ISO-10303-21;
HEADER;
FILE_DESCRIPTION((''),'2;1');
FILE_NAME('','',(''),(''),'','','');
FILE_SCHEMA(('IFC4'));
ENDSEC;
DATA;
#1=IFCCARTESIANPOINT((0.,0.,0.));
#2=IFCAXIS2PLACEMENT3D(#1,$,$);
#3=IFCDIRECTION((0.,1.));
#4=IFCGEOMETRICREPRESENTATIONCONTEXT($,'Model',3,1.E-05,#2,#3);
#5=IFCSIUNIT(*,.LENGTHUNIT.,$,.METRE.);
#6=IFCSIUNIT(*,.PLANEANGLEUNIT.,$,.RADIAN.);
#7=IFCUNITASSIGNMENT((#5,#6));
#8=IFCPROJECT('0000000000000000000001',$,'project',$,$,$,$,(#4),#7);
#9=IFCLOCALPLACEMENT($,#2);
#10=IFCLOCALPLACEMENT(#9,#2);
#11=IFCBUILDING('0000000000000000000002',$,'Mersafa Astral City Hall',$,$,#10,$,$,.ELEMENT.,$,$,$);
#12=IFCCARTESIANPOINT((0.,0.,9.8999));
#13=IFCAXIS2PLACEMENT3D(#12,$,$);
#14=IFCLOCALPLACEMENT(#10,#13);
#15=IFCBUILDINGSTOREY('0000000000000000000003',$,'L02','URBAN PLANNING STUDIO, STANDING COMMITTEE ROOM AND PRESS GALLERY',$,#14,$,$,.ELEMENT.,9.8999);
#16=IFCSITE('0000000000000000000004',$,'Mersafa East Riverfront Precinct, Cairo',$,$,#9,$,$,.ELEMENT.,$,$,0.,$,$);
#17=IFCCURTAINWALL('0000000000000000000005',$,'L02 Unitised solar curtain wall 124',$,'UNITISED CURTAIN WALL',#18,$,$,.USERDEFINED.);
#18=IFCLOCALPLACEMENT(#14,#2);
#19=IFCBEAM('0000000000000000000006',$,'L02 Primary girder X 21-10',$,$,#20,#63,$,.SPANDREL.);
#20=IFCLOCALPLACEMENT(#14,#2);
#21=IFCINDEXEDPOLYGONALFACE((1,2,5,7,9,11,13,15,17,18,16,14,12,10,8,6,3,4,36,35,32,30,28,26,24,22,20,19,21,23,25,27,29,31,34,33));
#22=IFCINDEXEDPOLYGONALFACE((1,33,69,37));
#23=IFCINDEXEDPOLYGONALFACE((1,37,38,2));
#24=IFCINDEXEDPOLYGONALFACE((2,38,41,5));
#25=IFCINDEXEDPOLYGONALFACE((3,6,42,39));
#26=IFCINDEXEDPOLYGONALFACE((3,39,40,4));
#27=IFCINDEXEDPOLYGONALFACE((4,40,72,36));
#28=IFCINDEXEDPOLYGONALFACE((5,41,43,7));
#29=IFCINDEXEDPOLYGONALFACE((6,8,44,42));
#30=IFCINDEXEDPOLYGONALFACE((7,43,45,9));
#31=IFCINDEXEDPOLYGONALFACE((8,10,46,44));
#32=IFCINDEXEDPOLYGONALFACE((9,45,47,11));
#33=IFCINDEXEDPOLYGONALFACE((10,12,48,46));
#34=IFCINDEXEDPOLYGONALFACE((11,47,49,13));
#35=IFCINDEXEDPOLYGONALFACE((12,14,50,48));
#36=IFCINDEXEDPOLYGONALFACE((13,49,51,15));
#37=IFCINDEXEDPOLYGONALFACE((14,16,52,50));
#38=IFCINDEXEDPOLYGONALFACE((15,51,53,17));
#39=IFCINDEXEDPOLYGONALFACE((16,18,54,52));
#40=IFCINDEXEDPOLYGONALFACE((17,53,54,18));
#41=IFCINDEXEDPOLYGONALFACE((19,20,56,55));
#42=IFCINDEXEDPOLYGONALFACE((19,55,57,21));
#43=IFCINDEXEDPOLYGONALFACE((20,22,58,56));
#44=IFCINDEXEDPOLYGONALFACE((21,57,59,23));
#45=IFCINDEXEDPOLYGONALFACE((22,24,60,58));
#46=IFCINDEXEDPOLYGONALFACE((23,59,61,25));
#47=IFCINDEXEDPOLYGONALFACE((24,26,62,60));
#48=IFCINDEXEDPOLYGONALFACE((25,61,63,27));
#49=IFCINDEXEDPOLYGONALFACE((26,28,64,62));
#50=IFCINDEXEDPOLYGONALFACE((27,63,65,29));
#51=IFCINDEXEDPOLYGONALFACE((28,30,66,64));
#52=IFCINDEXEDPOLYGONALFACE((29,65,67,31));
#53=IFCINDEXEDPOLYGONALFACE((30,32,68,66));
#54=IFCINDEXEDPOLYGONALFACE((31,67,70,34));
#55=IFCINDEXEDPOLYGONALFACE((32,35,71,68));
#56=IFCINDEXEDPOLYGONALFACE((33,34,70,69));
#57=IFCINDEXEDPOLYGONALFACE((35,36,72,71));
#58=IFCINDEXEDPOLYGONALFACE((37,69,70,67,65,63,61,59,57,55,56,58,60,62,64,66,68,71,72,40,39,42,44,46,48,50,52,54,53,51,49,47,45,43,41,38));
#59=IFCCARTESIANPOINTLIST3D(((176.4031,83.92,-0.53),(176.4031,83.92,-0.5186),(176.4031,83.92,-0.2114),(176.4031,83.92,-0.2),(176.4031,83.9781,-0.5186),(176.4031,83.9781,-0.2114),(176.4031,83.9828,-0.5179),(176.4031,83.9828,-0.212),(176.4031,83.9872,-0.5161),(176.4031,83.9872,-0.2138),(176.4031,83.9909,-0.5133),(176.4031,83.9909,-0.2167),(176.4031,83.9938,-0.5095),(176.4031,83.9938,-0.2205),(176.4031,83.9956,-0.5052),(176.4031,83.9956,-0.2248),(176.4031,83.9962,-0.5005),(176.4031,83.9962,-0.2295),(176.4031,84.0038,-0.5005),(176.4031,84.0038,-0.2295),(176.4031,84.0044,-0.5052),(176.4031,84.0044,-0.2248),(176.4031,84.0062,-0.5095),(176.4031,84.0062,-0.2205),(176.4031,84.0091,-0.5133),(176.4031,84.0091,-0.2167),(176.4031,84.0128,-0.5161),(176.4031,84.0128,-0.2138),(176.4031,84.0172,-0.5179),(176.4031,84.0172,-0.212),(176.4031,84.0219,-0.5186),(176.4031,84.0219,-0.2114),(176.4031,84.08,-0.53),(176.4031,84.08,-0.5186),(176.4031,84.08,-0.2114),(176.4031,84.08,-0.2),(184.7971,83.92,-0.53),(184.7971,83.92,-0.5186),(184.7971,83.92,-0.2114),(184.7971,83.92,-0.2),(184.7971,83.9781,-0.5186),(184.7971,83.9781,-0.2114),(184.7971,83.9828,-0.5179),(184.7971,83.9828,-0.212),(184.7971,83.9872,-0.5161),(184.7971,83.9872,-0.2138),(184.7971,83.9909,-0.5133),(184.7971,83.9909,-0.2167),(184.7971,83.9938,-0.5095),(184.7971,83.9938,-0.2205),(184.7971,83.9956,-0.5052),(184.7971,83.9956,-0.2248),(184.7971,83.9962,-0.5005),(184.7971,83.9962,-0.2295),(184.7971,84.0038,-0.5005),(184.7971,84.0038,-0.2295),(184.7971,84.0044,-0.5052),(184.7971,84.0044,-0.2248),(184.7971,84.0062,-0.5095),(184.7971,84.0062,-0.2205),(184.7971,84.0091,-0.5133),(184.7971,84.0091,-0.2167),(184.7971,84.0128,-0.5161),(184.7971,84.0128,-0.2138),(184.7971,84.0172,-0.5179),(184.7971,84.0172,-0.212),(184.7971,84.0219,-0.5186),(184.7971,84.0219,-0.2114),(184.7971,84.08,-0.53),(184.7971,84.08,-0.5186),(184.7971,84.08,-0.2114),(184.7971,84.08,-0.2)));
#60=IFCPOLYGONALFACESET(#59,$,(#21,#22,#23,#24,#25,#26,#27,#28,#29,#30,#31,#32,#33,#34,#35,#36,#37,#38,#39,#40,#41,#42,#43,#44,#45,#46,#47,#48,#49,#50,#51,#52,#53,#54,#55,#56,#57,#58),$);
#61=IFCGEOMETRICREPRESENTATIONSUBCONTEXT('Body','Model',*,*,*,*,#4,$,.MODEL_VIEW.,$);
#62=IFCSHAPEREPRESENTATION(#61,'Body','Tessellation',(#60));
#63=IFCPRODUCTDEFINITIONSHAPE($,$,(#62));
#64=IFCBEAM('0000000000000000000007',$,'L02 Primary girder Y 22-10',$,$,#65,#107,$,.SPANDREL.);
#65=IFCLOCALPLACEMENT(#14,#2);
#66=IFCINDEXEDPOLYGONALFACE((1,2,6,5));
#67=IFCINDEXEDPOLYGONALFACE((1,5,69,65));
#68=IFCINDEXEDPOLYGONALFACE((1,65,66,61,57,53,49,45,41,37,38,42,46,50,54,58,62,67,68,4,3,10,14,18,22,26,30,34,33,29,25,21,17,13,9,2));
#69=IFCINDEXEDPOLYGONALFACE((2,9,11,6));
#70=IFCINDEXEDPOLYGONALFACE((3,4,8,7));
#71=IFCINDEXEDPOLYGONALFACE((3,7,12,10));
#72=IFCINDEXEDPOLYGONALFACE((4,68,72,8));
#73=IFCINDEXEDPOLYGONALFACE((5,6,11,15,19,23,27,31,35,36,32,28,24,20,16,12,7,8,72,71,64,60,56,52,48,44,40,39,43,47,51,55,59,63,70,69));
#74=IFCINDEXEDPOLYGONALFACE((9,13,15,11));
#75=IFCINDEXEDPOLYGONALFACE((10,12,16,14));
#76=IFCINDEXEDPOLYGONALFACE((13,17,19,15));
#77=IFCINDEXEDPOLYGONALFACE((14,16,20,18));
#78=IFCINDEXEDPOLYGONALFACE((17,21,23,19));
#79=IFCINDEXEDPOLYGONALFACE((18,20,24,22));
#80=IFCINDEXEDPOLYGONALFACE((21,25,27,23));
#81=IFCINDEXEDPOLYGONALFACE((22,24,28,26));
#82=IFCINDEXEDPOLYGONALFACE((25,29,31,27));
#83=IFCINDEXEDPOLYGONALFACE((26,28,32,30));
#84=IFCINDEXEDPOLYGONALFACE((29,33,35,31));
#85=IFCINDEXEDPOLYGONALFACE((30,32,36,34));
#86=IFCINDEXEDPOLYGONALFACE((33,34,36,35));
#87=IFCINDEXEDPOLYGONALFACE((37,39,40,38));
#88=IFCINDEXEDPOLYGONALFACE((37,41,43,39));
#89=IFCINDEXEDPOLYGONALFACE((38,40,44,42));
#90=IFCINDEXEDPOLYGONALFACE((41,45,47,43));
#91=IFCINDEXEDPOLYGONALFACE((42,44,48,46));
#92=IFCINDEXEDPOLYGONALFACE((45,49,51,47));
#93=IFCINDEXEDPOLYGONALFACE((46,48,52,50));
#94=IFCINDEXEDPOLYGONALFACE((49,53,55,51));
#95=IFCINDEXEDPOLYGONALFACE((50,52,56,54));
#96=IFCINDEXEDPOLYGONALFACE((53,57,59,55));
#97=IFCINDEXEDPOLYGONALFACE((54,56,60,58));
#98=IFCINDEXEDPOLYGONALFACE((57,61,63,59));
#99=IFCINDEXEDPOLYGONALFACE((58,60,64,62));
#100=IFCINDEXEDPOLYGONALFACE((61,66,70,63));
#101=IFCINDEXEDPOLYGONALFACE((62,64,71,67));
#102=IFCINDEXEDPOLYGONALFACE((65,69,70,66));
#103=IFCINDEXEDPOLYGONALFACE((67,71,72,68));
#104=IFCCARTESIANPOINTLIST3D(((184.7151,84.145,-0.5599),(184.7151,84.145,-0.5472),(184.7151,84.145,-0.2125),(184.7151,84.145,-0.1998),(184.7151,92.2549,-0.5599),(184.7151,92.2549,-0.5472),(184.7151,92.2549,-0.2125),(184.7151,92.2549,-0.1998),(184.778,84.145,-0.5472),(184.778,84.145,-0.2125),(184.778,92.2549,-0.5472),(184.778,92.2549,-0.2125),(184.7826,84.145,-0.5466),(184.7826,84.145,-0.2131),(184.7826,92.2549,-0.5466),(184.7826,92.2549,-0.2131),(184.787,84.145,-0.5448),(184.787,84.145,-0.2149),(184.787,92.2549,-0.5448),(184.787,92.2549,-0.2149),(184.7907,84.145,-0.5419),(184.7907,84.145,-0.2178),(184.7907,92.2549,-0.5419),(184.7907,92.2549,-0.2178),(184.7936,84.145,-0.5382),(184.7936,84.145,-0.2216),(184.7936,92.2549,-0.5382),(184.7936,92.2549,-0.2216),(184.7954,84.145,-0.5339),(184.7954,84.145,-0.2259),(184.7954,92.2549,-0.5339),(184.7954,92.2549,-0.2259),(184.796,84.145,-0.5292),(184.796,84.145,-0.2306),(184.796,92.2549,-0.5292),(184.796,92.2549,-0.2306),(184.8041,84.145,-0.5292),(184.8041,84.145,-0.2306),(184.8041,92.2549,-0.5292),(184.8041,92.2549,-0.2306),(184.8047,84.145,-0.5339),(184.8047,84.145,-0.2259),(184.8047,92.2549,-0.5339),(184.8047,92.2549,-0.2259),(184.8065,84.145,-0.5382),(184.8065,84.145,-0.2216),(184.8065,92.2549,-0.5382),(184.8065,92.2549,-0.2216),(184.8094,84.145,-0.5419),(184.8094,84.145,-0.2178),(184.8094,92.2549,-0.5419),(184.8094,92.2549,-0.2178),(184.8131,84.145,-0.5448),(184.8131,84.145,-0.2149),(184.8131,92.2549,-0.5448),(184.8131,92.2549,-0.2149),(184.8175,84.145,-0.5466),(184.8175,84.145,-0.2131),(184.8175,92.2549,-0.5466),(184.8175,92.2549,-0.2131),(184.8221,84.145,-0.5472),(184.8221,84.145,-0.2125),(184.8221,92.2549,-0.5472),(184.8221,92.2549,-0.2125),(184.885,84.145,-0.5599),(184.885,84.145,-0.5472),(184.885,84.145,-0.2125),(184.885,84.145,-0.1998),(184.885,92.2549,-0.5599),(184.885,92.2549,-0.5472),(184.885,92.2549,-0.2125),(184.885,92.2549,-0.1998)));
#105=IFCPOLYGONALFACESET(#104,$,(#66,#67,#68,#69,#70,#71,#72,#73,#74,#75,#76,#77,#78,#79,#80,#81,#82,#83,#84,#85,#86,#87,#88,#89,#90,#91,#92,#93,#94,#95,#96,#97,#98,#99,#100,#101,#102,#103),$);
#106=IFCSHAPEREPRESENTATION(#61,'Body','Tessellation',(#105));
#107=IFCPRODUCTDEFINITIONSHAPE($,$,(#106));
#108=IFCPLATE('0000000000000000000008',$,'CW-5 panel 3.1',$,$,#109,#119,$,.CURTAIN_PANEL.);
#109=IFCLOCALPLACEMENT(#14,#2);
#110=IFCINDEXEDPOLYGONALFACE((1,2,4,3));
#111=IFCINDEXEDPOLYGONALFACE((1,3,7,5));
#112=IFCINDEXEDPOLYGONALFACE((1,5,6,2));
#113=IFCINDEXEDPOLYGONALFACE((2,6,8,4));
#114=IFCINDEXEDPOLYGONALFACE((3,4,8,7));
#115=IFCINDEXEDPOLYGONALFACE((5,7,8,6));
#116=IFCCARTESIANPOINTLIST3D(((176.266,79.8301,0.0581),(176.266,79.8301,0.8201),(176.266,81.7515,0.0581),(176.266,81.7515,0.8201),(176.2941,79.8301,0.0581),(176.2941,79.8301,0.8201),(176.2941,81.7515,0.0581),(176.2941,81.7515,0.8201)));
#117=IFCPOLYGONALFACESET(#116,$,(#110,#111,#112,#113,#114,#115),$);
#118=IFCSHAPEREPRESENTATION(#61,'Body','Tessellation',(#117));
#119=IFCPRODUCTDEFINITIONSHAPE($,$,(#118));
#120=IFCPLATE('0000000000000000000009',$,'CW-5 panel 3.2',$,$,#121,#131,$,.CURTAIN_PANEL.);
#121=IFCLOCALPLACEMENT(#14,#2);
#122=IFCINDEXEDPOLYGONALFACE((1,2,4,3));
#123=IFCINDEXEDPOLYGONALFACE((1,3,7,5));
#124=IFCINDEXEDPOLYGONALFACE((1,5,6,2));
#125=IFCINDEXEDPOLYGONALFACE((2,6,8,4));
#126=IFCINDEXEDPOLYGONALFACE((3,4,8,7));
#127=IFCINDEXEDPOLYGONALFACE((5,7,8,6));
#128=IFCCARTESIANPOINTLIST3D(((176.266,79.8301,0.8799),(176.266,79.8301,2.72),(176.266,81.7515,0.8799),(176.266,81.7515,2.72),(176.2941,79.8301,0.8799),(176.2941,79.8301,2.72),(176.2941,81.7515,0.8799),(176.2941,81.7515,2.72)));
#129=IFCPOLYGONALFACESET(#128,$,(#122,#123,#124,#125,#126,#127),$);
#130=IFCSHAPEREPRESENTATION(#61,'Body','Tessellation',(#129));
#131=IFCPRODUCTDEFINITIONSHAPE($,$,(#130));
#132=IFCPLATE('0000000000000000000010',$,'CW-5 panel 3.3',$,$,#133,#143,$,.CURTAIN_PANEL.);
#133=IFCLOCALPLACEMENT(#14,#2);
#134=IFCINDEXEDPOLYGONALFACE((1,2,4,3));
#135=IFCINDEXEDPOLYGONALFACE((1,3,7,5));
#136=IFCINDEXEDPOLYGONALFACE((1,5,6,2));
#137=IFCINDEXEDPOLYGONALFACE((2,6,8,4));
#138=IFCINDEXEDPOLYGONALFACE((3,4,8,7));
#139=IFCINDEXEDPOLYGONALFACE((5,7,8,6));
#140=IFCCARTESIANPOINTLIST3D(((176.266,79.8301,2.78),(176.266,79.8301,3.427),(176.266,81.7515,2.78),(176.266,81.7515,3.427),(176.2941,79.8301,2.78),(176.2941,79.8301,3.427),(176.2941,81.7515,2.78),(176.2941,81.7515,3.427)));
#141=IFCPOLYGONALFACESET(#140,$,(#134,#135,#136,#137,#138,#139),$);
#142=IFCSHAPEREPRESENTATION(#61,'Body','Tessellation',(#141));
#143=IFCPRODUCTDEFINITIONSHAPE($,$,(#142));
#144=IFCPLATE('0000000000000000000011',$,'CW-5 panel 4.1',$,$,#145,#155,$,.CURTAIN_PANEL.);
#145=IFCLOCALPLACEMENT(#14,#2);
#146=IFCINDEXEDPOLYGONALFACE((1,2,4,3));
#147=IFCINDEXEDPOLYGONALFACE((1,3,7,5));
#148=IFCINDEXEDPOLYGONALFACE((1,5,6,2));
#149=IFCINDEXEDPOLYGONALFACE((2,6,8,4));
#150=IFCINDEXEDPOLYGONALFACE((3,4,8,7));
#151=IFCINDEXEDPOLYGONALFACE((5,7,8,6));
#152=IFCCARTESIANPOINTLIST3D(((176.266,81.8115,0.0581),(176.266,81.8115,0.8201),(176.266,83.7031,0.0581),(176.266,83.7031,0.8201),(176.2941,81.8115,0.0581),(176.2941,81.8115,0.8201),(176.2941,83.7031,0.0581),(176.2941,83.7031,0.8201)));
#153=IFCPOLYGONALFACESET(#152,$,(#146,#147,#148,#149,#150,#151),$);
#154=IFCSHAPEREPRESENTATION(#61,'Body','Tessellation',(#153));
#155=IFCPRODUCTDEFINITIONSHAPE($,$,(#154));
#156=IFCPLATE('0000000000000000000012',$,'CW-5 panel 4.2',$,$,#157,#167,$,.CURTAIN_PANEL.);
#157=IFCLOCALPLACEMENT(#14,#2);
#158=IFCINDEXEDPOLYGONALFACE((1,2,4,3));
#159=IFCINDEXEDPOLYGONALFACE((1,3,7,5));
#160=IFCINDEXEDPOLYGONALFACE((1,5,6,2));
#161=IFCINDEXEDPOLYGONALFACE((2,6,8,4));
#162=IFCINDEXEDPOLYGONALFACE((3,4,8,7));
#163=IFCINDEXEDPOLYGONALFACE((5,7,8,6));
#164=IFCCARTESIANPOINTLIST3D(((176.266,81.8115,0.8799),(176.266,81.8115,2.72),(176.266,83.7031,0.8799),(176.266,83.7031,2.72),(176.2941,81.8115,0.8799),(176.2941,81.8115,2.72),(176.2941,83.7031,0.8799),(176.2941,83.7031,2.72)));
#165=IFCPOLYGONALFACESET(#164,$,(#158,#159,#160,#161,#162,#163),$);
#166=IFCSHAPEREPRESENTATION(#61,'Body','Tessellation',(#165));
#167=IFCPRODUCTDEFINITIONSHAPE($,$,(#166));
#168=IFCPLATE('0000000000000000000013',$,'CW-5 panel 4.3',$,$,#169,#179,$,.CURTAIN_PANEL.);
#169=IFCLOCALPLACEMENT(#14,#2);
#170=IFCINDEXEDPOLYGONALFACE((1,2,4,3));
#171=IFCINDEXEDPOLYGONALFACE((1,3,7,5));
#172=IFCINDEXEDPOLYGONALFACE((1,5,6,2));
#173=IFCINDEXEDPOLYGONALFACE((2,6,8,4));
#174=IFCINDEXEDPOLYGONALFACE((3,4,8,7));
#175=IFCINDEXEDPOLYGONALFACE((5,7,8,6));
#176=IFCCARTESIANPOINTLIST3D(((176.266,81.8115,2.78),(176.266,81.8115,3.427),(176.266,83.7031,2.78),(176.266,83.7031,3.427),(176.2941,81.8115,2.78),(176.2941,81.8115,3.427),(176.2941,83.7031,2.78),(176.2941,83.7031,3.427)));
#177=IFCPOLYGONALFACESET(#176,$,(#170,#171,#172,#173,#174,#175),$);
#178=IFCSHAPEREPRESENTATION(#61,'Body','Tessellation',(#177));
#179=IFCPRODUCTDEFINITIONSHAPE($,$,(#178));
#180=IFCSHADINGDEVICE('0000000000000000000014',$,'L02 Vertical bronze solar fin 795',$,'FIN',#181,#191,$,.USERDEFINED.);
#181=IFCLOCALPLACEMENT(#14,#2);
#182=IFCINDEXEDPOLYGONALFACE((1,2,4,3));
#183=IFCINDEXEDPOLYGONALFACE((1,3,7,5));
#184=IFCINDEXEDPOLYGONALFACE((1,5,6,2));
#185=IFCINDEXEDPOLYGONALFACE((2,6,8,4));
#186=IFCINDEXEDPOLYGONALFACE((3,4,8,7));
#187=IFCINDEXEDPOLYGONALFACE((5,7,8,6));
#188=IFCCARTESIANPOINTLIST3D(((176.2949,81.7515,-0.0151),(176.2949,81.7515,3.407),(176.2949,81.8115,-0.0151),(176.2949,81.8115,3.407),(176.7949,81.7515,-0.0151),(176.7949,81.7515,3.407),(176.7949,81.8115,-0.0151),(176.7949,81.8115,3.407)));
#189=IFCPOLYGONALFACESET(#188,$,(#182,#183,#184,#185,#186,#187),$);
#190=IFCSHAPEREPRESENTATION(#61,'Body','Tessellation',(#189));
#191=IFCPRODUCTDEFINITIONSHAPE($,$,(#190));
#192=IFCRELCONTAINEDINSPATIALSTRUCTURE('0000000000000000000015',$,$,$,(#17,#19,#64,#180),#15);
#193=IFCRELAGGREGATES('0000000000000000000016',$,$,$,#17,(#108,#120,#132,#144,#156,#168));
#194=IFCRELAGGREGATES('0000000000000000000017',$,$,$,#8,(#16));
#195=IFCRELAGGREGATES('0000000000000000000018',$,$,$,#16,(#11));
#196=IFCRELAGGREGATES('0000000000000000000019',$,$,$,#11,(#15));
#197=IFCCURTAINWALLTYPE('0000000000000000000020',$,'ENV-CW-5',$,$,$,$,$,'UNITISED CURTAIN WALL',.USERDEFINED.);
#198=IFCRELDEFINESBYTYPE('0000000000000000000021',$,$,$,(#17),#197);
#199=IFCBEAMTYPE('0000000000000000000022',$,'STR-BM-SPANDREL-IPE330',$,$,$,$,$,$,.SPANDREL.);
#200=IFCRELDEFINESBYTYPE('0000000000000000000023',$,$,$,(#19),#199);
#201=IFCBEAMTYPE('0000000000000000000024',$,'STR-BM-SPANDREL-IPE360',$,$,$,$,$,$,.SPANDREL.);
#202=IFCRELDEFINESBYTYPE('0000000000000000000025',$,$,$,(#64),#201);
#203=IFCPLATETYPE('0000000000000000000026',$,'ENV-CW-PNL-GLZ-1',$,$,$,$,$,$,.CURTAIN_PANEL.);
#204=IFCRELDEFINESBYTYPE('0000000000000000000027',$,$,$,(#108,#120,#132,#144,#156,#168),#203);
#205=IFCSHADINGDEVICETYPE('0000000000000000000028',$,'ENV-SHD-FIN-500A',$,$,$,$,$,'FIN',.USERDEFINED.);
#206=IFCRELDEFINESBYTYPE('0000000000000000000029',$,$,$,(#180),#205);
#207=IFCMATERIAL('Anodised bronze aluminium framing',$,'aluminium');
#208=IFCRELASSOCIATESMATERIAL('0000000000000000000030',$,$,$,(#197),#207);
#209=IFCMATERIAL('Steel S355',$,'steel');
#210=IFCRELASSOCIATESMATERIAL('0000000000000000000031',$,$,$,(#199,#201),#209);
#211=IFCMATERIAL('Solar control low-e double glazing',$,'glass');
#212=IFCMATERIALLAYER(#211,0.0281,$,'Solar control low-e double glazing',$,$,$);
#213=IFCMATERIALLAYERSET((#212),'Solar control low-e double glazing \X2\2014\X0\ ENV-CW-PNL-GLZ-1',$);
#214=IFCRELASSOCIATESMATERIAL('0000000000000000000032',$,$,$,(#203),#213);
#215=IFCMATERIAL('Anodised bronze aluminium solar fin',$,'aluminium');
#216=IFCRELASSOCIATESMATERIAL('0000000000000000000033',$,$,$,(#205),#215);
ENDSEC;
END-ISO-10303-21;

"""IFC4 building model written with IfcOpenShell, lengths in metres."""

from ifc_helpers import new_model, si_unit, direction, frame, origin, origin_2d, place, context, subcontext, project, spatial, rectangle, i_section, extrude, material, layer, layer_set, material_profile, profile_set, type_object, element, aggregate, save


model = new_model("IFC4")

# Units and contexts
model_context = context("Model", 3, precision=1e-05, world=origin(), true_north=direction((0.0, 1.0)))
body_context = subcontext(model_context, "Body", "Model", "MODEL_VIEW")
ifc_project = project(units=[si_unit("LENGTHUNIT", "METRE"), si_unit("PLANEANGLEUNIT", "RADIAN")], contexts=[model_context])

# Site, building, storey
site_placement = place(None, origin())
site = spatial("IfcSite", under=ifc_project, at=site_placement, Name="Mersafa East Riverfront Precinct, Cairo", CompositionType="ELEMENT", RefElevation=0.0)
building_placement = place(site_placement, origin())
building = spatial("IfcBuilding", under=site, at=building_placement, Name="Mersafa Astral City Hall", CompositionType="ELEMENT")
storey_placement = place(building_placement, frame((0.0, 0.0, 9.8999)))
storey = spatial("IfcBuildingStorey", under=building, at=storey_placement, Name="L02", Description="URBAN PLANNING STUDIO, STANDING COMMITTEE ROOM AND PRESS GALLERY", CompositionType="ELEMENT", Elevation=9.8999)

# Shared definitions
ifc_material_1 = material(Name="Steel S355", Category="steel")

# Curtain wall
ifc_material_2 = material(Name="Anodised bronze aluminium framing", Category="aluminium")
curtain_wall_type_1 = type_object("IfcCurtainWallType", Name="ENV-CW-5", ElementType="UNITISED CURTAIN WALL", PredefinedType="USERDEFINED", material=ifc_material_2)
curtain_wall_1_placement = place(storey_placement, origin())
curtain_wall_1 = element("IfcCurtainWall", 1, at=curtain_wall_1_placement, inside=storey, type_object=curtain_wall_type_1, Name="L02 Unitised solar curtain wall 124", ObjectType="UNITISED CURTAIN WALL", PredefinedType="USERDEFINED")

# Beams
ifc_material_profile_1 = material_profile(ifc_material_1, i_section(OverallWidth=0.1599, OverallDepth=0.3301, WebThickness=0.0076, FlangeThickness=0.0115, FilletRadius=0.0181, at=origin_2d()), Name="IPE 330")
ifc_profile_set_1 = profile_set([ifc_material_profile_1], Name="Steel S355")
beam_type_1 = type_object("IfcBeamType", Name="STR-BM-SPANDREL-IPE330", PredefinedType="SPANDREL", material=ifc_profile_set_1)
beam_1_placement = place(storey_placement, frame((176.4031, 84.0, -0.365), z_axis=(1.0, 0.0, 0.0), x_axis=(0.0, 1.0, 0.0)))
element("IfcBeam", 2, at=beam_1_placement, inside=storey, type_object=beam_type_1, Name="L02 Primary girder X 21-10", PredefinedType="SPANDREL", context=body_context, shape_type="SweptSolid", body=[
    extrude(i_section(OverallWidth=0.1599, OverallDepth=0.3301, WebThickness=0.0076, FlangeThickness=0.0115, FilletRadius=0.0181, at=origin_2d()), origin(), (0.0, 0.0, 1.0), 8.394),
])
ifc_material_profile_2 = material_profile(ifc_material_1, i_section(OverallWidth=0.1699, OverallDepth=0.3601, WebThickness=0.0081, FlangeThickness=0.0127, FilletRadius=0.0181, at=origin_2d()), Name="IPE 360")
ifc_profile_set_2 = profile_set([ifc_material_profile_2], Name="Steel S355")
beam_type_2 = type_object("IfcBeamType", Name="STR-BM-SPANDREL-IPE360", PredefinedType="SPANDREL", material=ifc_profile_set_2)
beam_2_placement = place(storey_placement, frame((184.8, 84.145, -0.3799), z_axis=(0.0, 1.0, 0.0), x_axis=(-1.0, 0.0, 0.0)))
element("IfcBeam", 3, at=beam_2_placement, inside=storey, type_object=beam_type_2, Name="L02 Primary girder Y 22-10", PredefinedType="SPANDREL", context=body_context, shape_type="SweptSolid", body=[
    extrude(i_section(OverallWidth=0.1699, OverallDepth=0.3601, WebThickness=0.0081, FlangeThickness=0.0127, FilletRadius=0.0181, at=origin_2d()), origin(), (0.0, 0.0, 1.0), 8.1099),
])

# Plates
ifc_material_3 = material(Name="Solar control low-e double glazing", Category="glass")
ifc_layer = layer(ifc_material_3, 0.0281, Name="Solar control low-e double glazing")
ifc_layer_set = layer_set([ifc_layer], Name="Solar control low-e double glazing — ENV-CW-PNL-GLZ-1")
plate_type = type_object("IfcPlateType", Name="ENV-CW-PNL-GLZ-1", PredefinedType="CURTAIN_PANEL", material=ifc_layer_set)
plate_1_placement = place(storey_placement, frame((176.28, 80.7908, 0.0581), z_axis=(0.0, 0.0, 1.0), x_axis=(0.0, 1.0, 0.0)))
plate_1 = element("IfcPlate", 4, at=plate_1_placement, type_object=plate_type, Name="CW-5 panel 3.1", PredefinedType="CURTAIN_PANEL", context=body_context, shape_type="SweptSolid", body=[
    extrude(rectangle(XDim=1.9214, YDim=0.0281, at=origin_2d()), origin(), (0.0, 0.0, 1.0), 0.762),
])
plate_2_placement = place(storey_placement, frame((176.28, 80.7908, 0.8799), z_axis=(0.0, 0.0, 1.0), x_axis=(0.0, 1.0, 0.0)))
plate_2 = element("IfcPlate", 5, at=plate_2_placement, type_object=plate_type, Name="CW-5 panel 3.2", PredefinedType="CURTAIN_PANEL", context=body_context, shape_type="SweptSolid", body=[
    extrude(rectangle(XDim=1.9214, YDim=0.0281, at=origin_2d()), origin(), (0.0, 0.0, 1.0), 1.8401),
])
plate_3_placement = place(storey_placement, frame((176.28, 80.7908, 2.78), z_axis=(0.0, 0.0, 1.0), x_axis=(0.0, 1.0, 0.0)))
plate_3 = element("IfcPlate", 6, at=plate_3_placement, type_object=plate_type, Name="CW-5 panel 3.3", PredefinedType="CURTAIN_PANEL", context=body_context, shape_type="SweptSolid", body=[
    extrude(rectangle(XDim=1.9214, YDim=0.0281, at=origin_2d()), origin(), (0.0, 0.0, 1.0), 0.647),
])
plate_4_placement = place(storey_placement, frame((176.28, 82.7573, 0.0581), z_axis=(0.0, 0.0, 1.0), x_axis=(0.0, 1.0, 0.0)))
plate_4 = element("IfcPlate", 7, at=plate_4_placement, type_object=plate_type, Name="CW-5 panel 4.1", PredefinedType="CURTAIN_PANEL", context=body_context, shape_type="SweptSolid", body=[
    extrude(rectangle(XDim=1.8916, YDim=0.0281, at=origin_2d()), origin(), (0.0, 0.0, 1.0), 0.762),
])
plate_5_placement = place(storey_placement, frame((176.28, 82.7573, 0.8799), z_axis=(0.0, 0.0, 1.0), x_axis=(0.0, 1.0, 0.0)))
plate_5 = element("IfcPlate", 8, at=plate_5_placement, type_object=plate_type, Name="CW-5 panel 4.2", PredefinedType="CURTAIN_PANEL", context=body_context, shape_type="SweptSolid", body=[
    extrude(rectangle(XDim=1.8916, YDim=0.0281, at=origin_2d()), origin(), (0.0, 0.0, 1.0), 1.8401),
])
plate_6_placement = place(storey_placement, frame((176.28, 82.7573, 2.78), z_axis=(0.0, 0.0, 1.0), x_axis=(0.0, 1.0, 0.0)))
plate_6 = element("IfcPlate", 9, at=plate_6_placement, type_object=plate_type, Name="CW-5 panel 4.3", PredefinedType="CURTAIN_PANEL", context=body_context, shape_type="SweptSolid", body=[
    extrude(rectangle(XDim=1.8916, YDim=0.0281, at=origin_2d()), origin(), (0.0, 0.0, 1.0), 0.647),
])
aggregate(curtain_wall_1, [plate_1, plate_2, plate_3, plate_4, plate_5, plate_6])

# Shading device
ifc_material_4 = material(Name="Anodised bronze aluminium solar fin", Category="aluminium")
shading_device_type = type_object("IfcShadingDeviceType", Name="ENV-SHD-FIN-500A", ElementType="FIN", PredefinedType="USERDEFINED", material=ifc_material_4)
for number, where, z_axis, x_axis, name in (
    (10, (176.5449, 81.7815, -0.0151), (0.0, 0.0, 1.0), (0.0, 1.0, 0.0), "L02 Vertical bronze solar fin 795"),
):
    element("IfcShadingDevice", number, at=place(storey_placement, frame(where, z_axis=z_axis, x_axis=x_axis)), inside=storey, type_object=shading_device_type, Name=name, ObjectType="FIN", PredefinedType="USERDEFINED", context=body_context, shape_type="SweptSolid", body=[
        extrude(rectangle(XDim=0.0601, YDim=0.5, at=origin_2d()), origin(), (0.0, 0.0, 1.0), 3.4221),
    ])

save(model, "model.ifc")
